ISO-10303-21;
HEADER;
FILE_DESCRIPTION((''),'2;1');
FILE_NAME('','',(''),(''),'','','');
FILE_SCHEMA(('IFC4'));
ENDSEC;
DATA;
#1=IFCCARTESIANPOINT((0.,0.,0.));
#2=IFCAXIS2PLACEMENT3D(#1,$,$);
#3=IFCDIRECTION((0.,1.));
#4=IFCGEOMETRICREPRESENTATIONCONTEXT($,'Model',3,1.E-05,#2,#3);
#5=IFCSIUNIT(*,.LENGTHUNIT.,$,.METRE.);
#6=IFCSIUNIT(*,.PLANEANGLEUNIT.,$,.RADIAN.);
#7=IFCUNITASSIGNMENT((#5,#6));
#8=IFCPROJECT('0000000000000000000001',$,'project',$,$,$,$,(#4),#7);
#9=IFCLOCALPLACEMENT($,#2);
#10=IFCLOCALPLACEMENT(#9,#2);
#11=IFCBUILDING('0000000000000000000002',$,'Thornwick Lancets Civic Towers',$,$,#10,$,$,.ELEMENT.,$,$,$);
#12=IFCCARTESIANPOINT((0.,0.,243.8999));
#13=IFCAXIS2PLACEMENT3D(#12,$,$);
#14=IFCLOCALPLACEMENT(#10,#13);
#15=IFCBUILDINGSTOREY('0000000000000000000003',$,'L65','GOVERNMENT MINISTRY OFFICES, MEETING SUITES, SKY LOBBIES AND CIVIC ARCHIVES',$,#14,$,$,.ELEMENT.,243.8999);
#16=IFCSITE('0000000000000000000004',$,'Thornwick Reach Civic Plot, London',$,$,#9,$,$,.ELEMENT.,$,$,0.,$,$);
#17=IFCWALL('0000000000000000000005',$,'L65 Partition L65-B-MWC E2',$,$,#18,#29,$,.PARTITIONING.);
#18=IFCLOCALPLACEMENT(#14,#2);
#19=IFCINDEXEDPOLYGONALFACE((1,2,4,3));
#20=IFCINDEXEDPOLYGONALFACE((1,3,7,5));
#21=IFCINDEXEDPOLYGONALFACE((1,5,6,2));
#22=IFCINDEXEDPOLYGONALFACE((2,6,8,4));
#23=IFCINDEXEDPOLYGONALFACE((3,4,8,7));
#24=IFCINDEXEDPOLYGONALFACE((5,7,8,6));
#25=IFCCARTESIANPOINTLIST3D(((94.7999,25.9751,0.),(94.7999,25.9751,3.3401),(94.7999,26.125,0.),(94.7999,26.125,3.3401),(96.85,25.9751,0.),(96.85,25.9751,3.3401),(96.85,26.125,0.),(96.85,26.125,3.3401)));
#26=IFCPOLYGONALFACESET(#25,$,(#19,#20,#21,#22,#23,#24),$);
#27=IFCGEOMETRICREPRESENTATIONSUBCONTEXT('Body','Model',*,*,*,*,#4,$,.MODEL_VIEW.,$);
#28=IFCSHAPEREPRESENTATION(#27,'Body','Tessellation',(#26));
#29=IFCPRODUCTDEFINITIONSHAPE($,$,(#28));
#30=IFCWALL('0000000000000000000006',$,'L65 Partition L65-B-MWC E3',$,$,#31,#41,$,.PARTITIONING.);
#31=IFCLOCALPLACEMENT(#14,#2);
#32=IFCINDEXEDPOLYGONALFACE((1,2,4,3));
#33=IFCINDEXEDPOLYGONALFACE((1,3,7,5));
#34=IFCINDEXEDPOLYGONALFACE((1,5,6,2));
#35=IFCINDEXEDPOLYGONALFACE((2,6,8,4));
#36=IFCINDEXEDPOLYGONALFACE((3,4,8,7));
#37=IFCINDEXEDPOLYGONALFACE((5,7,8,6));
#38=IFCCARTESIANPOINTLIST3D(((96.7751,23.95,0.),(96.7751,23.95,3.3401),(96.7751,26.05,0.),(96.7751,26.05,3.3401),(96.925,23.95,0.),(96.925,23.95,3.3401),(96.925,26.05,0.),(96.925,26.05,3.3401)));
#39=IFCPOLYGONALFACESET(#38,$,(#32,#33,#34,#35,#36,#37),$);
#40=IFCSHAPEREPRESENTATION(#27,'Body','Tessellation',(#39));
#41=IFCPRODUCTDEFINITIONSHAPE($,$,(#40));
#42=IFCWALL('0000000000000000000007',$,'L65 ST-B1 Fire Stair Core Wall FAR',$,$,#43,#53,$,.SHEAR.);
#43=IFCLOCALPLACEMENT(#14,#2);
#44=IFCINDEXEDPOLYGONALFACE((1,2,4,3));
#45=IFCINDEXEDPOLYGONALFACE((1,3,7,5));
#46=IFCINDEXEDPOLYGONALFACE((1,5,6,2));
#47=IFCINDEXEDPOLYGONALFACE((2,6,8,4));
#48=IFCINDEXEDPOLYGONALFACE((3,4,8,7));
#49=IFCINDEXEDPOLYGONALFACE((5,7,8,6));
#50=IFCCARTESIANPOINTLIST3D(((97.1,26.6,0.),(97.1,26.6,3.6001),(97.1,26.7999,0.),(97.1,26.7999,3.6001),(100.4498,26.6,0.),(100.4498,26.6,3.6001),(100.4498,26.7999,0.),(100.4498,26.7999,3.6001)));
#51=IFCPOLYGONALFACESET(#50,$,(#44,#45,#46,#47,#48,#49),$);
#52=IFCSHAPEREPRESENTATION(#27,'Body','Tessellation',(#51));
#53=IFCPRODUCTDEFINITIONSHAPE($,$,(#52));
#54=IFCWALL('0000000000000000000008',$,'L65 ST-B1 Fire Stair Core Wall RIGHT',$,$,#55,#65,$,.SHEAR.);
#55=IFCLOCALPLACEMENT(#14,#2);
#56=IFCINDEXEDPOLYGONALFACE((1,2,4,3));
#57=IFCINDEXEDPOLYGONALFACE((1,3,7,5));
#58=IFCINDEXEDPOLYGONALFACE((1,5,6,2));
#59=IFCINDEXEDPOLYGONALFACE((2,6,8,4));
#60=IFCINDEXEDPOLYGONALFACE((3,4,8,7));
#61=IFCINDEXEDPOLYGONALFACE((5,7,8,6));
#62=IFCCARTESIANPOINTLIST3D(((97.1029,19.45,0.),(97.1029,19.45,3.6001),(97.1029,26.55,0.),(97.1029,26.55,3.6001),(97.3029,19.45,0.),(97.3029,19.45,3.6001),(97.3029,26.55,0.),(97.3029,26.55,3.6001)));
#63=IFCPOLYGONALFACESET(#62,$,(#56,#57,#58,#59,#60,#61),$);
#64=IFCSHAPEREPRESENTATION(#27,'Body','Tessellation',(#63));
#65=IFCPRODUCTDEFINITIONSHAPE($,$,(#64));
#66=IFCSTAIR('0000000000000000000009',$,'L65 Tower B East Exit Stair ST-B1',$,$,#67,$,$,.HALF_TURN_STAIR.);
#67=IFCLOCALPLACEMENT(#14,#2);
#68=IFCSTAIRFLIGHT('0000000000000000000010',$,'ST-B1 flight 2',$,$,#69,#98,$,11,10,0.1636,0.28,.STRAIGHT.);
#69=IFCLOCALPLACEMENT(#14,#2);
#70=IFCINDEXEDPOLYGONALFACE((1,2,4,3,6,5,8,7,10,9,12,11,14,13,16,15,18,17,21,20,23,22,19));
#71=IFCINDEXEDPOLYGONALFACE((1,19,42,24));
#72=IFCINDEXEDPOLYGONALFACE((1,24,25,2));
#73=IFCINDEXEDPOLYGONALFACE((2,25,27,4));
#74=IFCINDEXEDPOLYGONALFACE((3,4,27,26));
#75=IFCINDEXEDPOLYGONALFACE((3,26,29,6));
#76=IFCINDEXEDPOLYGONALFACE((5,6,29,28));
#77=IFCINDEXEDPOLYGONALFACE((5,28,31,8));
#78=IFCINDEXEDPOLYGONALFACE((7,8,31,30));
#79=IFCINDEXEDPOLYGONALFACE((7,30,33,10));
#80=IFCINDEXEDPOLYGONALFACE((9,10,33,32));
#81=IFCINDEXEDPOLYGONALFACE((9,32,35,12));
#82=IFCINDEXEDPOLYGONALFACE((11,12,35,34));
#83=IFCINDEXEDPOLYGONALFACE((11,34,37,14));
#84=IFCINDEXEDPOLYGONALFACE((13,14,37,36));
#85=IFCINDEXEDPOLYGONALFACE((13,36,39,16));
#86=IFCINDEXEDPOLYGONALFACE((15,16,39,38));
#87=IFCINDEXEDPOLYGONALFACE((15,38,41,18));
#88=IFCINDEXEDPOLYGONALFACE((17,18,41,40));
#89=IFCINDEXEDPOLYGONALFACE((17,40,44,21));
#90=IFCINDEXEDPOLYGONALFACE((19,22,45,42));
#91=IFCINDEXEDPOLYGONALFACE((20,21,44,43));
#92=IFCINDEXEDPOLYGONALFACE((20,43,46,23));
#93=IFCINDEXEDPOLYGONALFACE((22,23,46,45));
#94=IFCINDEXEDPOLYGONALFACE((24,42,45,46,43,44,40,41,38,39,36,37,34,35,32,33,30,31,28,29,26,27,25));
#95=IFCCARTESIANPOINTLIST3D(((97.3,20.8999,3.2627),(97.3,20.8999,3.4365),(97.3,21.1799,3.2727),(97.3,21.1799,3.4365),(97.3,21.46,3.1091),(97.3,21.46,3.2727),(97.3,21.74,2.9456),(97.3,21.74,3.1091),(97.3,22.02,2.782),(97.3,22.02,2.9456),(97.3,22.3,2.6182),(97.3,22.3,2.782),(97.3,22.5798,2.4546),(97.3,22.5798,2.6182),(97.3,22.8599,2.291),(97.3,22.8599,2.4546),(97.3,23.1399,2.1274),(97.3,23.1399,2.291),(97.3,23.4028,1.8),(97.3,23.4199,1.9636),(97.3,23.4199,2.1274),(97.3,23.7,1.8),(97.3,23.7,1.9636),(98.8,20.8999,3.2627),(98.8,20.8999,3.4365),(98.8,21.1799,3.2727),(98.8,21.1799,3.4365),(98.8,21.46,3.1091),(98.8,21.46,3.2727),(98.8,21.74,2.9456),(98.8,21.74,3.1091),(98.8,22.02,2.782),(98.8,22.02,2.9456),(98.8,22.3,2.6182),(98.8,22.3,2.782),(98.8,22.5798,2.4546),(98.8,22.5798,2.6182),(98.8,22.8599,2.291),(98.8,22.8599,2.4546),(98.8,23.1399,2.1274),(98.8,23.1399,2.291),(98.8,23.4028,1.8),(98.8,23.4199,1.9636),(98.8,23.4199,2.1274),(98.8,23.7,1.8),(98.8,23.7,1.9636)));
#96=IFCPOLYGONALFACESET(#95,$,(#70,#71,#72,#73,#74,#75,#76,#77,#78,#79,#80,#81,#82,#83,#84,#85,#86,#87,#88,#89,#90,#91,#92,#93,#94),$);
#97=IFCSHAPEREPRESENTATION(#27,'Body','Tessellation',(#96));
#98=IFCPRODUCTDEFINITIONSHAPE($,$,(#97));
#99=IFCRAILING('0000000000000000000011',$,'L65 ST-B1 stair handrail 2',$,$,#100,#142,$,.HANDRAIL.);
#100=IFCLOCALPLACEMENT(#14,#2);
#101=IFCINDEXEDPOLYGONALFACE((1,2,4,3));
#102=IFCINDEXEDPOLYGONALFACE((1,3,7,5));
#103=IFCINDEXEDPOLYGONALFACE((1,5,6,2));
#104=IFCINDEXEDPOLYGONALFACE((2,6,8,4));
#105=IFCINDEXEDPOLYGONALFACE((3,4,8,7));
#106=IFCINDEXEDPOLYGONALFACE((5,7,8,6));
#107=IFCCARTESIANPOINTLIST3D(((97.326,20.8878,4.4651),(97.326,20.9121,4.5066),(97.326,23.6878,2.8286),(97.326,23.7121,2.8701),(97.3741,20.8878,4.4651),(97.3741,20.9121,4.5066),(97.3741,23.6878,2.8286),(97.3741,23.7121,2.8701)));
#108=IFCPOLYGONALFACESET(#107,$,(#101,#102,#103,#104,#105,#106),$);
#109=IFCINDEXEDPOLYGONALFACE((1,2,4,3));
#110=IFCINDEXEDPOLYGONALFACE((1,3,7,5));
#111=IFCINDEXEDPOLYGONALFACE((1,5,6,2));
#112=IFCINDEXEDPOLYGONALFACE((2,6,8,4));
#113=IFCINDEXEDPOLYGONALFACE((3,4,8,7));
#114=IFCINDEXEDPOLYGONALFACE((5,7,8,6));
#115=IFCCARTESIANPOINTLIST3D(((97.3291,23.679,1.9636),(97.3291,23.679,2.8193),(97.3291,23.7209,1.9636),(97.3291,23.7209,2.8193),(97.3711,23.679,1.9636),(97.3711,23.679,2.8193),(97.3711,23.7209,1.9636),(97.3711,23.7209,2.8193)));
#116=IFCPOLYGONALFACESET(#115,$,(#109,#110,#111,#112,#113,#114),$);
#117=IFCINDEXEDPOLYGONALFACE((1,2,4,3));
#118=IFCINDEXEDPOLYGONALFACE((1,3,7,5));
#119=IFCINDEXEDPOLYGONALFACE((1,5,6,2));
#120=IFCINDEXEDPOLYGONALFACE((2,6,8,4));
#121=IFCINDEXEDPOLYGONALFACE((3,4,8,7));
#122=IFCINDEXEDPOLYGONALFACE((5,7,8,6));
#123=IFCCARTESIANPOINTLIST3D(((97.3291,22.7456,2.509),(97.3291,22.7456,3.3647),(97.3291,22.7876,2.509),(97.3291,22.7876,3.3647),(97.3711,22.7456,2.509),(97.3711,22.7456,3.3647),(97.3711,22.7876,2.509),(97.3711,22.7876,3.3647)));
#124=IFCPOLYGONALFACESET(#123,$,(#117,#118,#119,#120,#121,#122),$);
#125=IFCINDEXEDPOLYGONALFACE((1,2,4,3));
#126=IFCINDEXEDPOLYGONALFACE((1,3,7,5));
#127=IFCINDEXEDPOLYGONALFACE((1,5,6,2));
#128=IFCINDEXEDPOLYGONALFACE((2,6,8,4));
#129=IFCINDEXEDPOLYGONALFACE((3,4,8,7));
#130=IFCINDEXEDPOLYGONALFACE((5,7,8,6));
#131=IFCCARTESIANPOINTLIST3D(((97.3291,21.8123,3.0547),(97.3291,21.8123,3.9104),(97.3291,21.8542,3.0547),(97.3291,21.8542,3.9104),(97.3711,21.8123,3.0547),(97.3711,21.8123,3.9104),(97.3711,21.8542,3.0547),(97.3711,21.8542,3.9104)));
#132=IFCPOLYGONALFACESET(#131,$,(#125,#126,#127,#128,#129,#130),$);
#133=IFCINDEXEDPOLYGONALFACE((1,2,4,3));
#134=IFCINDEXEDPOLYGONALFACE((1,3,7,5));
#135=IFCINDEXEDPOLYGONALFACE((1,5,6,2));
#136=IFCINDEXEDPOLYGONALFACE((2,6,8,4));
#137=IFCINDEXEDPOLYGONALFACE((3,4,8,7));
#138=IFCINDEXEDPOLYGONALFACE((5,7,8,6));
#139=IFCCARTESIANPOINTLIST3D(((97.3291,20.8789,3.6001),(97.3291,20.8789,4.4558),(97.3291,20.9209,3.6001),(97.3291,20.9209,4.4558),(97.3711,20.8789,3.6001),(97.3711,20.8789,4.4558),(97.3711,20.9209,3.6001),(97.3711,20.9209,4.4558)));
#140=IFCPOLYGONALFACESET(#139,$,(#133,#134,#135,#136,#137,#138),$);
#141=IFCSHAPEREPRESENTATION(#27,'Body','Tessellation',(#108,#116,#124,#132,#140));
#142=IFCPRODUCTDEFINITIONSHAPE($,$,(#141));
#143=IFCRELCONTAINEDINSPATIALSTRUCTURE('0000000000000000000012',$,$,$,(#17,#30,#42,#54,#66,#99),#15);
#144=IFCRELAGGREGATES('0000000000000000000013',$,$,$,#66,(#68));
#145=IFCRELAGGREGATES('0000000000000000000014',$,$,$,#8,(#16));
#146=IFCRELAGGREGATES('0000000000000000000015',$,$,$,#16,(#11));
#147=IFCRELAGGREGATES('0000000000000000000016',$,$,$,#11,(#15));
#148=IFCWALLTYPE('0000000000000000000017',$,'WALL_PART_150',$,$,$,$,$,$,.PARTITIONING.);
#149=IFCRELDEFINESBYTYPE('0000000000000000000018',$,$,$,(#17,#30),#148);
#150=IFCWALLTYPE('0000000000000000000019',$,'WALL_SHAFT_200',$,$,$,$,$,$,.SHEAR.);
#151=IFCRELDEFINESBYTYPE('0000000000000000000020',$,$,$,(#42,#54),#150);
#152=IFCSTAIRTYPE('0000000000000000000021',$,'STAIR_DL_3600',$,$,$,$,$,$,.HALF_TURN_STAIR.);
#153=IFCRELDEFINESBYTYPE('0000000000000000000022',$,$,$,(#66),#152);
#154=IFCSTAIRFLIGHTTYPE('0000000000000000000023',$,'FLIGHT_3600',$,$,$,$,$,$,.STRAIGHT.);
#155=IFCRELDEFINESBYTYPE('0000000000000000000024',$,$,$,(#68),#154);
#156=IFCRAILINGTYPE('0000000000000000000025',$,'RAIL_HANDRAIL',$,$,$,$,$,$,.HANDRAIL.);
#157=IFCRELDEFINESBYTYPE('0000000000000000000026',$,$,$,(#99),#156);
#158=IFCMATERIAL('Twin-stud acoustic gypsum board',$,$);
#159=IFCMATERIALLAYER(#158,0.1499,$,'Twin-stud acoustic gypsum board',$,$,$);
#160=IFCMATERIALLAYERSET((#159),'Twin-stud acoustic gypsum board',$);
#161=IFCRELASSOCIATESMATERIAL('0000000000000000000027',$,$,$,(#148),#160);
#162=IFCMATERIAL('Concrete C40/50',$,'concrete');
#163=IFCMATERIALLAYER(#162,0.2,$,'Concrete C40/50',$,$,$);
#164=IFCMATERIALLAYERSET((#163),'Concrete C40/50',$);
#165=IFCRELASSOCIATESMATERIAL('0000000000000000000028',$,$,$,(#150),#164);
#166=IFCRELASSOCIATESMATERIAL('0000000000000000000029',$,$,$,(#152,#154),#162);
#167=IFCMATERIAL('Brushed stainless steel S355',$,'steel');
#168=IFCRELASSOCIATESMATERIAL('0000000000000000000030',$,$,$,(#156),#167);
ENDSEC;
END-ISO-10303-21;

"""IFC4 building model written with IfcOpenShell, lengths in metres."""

from ifc_helpers import new_model, si_unit, direction, frame, frame_2d, origin, origin_2d, place, context, subcontext, project, spatial, polyline, rectangle, outline, extrude, material, layer, layer_set, type_object, element, aggregate, save


model = new_model("IFC4")

# Units and contexts
model_context = context("Model", 3, precision=1e-05, world=origin(), true_north=direction((0.0, 1.0)))
body_context = subcontext(model_context, "Body", "Model", "MODEL_VIEW")
ifc_project = project(units=[si_unit("LENGTHUNIT", "METRE"), si_unit("PLANEANGLEUNIT", "RADIAN")], contexts=[model_context])

# Site, building, storey
site_placement = place(None, origin())
site = spatial("IfcSite", under=ifc_project, at=site_placement, Name="Thornwick Reach Civic Plot, London", CompositionType="ELEMENT", RefElevation=0.0)
building_placement = place(site_placement, origin())
building = spatial("IfcBuilding", under=site, at=building_placement, Name="Thornwick Lancets Civic Towers", CompositionType="ELEMENT")
storey_placement = place(building_placement, frame((0.0, 0.0, 243.8999)))
storey = spatial("IfcBuildingStorey", under=building, at=storey_placement, Name="L65", Description="GOVERNMENT MINISTRY OFFICES, MEETING SUITES, SKY LOBBIES AND CIVIC ARCHIVES", CompositionType="ELEMENT", Elevation=243.8999)

# Shared definitions
ifc_material_1 = material(Name="Twin-stud acoustic gypsum board")
ifc_layer_1 = layer(ifc_material_1, 0.1499, Name="Twin-stud acoustic gypsum board")
ifc_layer_set_1 = layer_set([ifc_layer_1], Name="Twin-stud acoustic gypsum board")
wall_type_1 = type_object("IfcWallType", Name="WALL_PART_150", PredefinedType="PARTITIONING", material=ifc_layer_set_1)

# Walls
wall_1_placement = place(storey_placement, frame((94.8, 26.05, 0.0), z_axis=(0.0, 0.0, 1.0), x_axis=(1.0, 0.0, 0.0)))
element("IfcWall", 1, at=wall_1_placement, inside=storey, type_object=wall_type_1, Name="L65 Partition L65-B-MWC E2", PredefinedType="PARTITIONING", context=body_context, shape_type="SweptSolid", body=[
    extrude(rectangle(XDim=2.05, YDim=0.1499, at=frame_2d((1.0249, 0.0))), origin(), (0.0, 0.0, 1.0), 3.3401),
])
wall_2_placement = place(storey_placement, frame((96.8501, 26.05, 0.0), z_axis=(0.0, 0.0, 1.0), x_axis=(0.0, -1.0, 0.0)))
element("IfcWall", 2, at=wall_2_placement, inside=storey, type_object=wall_type_1, Name="L65 Partition L65-B-MWC E3", PredefinedType="PARTITIONING", context=body_context, shape_type="SweptSolid", body=[
    extrude(rectangle(XDim=2.1001, YDim=0.1499, at=frame_2d((1.05, 0.0))), origin(), (0.0, 0.0, 1.0), 3.3401),
])
ifc_material_2 = material(Name="Concrete C40/50", Category="concrete")
ifc_layer_2 = layer(ifc_material_2, 0.2, Name="Concrete C40/50")
ifc_layer_set_2 = layer_set([ifc_layer_2], Name="Concrete C40/50")
wall_type_2 = type_object("IfcWallType", Name="WALL_SHAFT_200", PredefinedType="SHEAR", material=ifc_layer_set_2)
wall_3_placement = place(storey_placement, frame((97.1001, 26.7, 0.0), z_axis=(0.0, 0.0, 1.0), x_axis=(1.0, 0.0, 0.0)))
element("IfcWall", 3, at=wall_3_placement, inside=storey, type_object=wall_type_2, Name="L65 ST-B1 Fire Stair Core Wall FAR", PredefinedType="SHEAR", context=body_context, shape_type="SweptSolid", body=[
    extrude(rectangle(XDim=3.3499, YDim=0.2, at=frame_2d((1.6748, 0.0))), origin(), (0.0, 0.0, 1.0), 3.6001),
])
wall_4_placement = place(storey_placement, frame((97.2029, 26.55, 0.0), z_axis=(0.0, 0.0, 1.0), x_axis=(0.0, -1.0, 0.0)))
element("IfcWall", 4, at=wall_4_placement, inside=storey, type_object=wall_type_2, Name="L65 ST-B1 Fire Stair Core Wall RIGHT", PredefinedType="SHEAR", context=body_context, shape_type="SweptSolid", body=[
    extrude(rectangle(XDim=7.1001, YDim=0.2, at=frame_2d((3.55, 0.0))), origin(), (0.0, 0.0, 1.0), 3.6001),
])

# Stair, stair flight
stair_type = type_object("IfcStairType", Name="STAIR_DL_3600", PredefinedType="HALF_TURN_STAIR", material=ifc_material_2)
stair_placement = place(storey_placement, origin())
stair = element("IfcStair", 5, at=stair_placement, inside=storey, type_object=stair_type, Name="L65 Tower B East Exit Stair ST-B1", PredefinedType="HALF_TURN_STAIR")
stair_flight_type = type_object("IfcStairFlightType", Name="FLIGHT_3600", PredefinedType="STRAIGHT", material=ifc_material_2)
stair_flight_placement = place(storey_placement, frame((98.05, 23.7, 1.8), z_axis=(0.0, 0.0, 1.0), x_axis=(0.0, -1.0, 0.0)))
stair_flight = element("IfcStairFlight", 6, at=stair_flight_placement, type_object=stair_flight_type, Name="ST-B1 flight 2", NumberOfRisers=11, NumberOfTreads=10, PredefinedType="STRAIGHT", RiserHeight=0.1636, TreadLength=0.28, context=body_context, shape_type="SweptSolid", body=[
    extrude(outline(polyline([(0.0, 0.0), (0.0, 0.1636), (0.28, 0.1636), (0.28, 0.3274), (0.5601, 0.3274), (0.5601, 0.491), (0.8401, 0.491), (0.8401, 0.6545), (1.1201, 0.6545), (1.1201, 0.8181), (1.3999, 0.8181), (1.3999, 0.9819), (1.6799, 0.9819), (1.6799, 1.1455), (1.96, 1.1455), (1.96, 1.3091), (2.24, 1.3091), (2.24, 1.4727), (2.52, 1.4727), (2.52, 1.6365), (2.8, 1.6365), (2.8, 1.8), (2.8, 1.4626), (0.2971, 0.0), (0.0, 0.0)])), frame((0.0, 0.75, 0.0), z_axis=(0.0, -1.0, 0.0), x_axis=(1.0, 0.0, 0.0)), (0.0, 0.0, 1.0), 1.5),
])
aggregate(stair, [stair_flight])

# Railing
ifc_material_3 = material(Name="Brushed stainless steel S355", Category="steel")
railing_type_1 = type_object("IfcRailingType", Name="RAIL_HANDRAIL", PredefinedType="HANDRAIL", material=ifc_material_3)
railing_1_placement = place(storey_placement, frame((97.3501, 23.7, 1.9636)))
element("IfcRailing", 7, at=railing_1_placement, inside=storey, type_object=railing_type_1, Name="L65 ST-B1 stair handrail 2", PredefinedType="HANDRAIL", context=body_context, shape_type="SweptSolid", body=[
    extrude(rectangle(XDim=0.0481, YDim=0.0481, at=origin_2d()), frame((0.0, 0.0, 0.8857), z_axis=(0.0, -0.863361, 0.504587), x_axis=(1.0, 0.0, 0.0)), (0.0, 0.0, 1.0), 3.2432),
    extrude(rectangle(XDim=0.042, YDim=0.042, at=origin_2d()), origin(), (0.0, 0.0, 1.0), 0.8557),
    extrude(rectangle(XDim=0.042, YDim=0.042, at=origin_2d()), frame((0.0, -0.9333, 0.5454)), (0.0, 0.0, 1.0), 0.8557),
    extrude(rectangle(XDim=0.042, YDim=0.042, at=origin_2d()), frame((0.0, -1.8667, 1.0911)), (0.0, 0.0, 1.0), 0.8557),
    extrude(rectangle(XDim=0.042, YDim=0.042, at=origin_2d()), frame((0.0, -2.8, 1.6365)), (0.0, 0.0, 1.0), 0.8557),
])

save(model, "model.ifc")
